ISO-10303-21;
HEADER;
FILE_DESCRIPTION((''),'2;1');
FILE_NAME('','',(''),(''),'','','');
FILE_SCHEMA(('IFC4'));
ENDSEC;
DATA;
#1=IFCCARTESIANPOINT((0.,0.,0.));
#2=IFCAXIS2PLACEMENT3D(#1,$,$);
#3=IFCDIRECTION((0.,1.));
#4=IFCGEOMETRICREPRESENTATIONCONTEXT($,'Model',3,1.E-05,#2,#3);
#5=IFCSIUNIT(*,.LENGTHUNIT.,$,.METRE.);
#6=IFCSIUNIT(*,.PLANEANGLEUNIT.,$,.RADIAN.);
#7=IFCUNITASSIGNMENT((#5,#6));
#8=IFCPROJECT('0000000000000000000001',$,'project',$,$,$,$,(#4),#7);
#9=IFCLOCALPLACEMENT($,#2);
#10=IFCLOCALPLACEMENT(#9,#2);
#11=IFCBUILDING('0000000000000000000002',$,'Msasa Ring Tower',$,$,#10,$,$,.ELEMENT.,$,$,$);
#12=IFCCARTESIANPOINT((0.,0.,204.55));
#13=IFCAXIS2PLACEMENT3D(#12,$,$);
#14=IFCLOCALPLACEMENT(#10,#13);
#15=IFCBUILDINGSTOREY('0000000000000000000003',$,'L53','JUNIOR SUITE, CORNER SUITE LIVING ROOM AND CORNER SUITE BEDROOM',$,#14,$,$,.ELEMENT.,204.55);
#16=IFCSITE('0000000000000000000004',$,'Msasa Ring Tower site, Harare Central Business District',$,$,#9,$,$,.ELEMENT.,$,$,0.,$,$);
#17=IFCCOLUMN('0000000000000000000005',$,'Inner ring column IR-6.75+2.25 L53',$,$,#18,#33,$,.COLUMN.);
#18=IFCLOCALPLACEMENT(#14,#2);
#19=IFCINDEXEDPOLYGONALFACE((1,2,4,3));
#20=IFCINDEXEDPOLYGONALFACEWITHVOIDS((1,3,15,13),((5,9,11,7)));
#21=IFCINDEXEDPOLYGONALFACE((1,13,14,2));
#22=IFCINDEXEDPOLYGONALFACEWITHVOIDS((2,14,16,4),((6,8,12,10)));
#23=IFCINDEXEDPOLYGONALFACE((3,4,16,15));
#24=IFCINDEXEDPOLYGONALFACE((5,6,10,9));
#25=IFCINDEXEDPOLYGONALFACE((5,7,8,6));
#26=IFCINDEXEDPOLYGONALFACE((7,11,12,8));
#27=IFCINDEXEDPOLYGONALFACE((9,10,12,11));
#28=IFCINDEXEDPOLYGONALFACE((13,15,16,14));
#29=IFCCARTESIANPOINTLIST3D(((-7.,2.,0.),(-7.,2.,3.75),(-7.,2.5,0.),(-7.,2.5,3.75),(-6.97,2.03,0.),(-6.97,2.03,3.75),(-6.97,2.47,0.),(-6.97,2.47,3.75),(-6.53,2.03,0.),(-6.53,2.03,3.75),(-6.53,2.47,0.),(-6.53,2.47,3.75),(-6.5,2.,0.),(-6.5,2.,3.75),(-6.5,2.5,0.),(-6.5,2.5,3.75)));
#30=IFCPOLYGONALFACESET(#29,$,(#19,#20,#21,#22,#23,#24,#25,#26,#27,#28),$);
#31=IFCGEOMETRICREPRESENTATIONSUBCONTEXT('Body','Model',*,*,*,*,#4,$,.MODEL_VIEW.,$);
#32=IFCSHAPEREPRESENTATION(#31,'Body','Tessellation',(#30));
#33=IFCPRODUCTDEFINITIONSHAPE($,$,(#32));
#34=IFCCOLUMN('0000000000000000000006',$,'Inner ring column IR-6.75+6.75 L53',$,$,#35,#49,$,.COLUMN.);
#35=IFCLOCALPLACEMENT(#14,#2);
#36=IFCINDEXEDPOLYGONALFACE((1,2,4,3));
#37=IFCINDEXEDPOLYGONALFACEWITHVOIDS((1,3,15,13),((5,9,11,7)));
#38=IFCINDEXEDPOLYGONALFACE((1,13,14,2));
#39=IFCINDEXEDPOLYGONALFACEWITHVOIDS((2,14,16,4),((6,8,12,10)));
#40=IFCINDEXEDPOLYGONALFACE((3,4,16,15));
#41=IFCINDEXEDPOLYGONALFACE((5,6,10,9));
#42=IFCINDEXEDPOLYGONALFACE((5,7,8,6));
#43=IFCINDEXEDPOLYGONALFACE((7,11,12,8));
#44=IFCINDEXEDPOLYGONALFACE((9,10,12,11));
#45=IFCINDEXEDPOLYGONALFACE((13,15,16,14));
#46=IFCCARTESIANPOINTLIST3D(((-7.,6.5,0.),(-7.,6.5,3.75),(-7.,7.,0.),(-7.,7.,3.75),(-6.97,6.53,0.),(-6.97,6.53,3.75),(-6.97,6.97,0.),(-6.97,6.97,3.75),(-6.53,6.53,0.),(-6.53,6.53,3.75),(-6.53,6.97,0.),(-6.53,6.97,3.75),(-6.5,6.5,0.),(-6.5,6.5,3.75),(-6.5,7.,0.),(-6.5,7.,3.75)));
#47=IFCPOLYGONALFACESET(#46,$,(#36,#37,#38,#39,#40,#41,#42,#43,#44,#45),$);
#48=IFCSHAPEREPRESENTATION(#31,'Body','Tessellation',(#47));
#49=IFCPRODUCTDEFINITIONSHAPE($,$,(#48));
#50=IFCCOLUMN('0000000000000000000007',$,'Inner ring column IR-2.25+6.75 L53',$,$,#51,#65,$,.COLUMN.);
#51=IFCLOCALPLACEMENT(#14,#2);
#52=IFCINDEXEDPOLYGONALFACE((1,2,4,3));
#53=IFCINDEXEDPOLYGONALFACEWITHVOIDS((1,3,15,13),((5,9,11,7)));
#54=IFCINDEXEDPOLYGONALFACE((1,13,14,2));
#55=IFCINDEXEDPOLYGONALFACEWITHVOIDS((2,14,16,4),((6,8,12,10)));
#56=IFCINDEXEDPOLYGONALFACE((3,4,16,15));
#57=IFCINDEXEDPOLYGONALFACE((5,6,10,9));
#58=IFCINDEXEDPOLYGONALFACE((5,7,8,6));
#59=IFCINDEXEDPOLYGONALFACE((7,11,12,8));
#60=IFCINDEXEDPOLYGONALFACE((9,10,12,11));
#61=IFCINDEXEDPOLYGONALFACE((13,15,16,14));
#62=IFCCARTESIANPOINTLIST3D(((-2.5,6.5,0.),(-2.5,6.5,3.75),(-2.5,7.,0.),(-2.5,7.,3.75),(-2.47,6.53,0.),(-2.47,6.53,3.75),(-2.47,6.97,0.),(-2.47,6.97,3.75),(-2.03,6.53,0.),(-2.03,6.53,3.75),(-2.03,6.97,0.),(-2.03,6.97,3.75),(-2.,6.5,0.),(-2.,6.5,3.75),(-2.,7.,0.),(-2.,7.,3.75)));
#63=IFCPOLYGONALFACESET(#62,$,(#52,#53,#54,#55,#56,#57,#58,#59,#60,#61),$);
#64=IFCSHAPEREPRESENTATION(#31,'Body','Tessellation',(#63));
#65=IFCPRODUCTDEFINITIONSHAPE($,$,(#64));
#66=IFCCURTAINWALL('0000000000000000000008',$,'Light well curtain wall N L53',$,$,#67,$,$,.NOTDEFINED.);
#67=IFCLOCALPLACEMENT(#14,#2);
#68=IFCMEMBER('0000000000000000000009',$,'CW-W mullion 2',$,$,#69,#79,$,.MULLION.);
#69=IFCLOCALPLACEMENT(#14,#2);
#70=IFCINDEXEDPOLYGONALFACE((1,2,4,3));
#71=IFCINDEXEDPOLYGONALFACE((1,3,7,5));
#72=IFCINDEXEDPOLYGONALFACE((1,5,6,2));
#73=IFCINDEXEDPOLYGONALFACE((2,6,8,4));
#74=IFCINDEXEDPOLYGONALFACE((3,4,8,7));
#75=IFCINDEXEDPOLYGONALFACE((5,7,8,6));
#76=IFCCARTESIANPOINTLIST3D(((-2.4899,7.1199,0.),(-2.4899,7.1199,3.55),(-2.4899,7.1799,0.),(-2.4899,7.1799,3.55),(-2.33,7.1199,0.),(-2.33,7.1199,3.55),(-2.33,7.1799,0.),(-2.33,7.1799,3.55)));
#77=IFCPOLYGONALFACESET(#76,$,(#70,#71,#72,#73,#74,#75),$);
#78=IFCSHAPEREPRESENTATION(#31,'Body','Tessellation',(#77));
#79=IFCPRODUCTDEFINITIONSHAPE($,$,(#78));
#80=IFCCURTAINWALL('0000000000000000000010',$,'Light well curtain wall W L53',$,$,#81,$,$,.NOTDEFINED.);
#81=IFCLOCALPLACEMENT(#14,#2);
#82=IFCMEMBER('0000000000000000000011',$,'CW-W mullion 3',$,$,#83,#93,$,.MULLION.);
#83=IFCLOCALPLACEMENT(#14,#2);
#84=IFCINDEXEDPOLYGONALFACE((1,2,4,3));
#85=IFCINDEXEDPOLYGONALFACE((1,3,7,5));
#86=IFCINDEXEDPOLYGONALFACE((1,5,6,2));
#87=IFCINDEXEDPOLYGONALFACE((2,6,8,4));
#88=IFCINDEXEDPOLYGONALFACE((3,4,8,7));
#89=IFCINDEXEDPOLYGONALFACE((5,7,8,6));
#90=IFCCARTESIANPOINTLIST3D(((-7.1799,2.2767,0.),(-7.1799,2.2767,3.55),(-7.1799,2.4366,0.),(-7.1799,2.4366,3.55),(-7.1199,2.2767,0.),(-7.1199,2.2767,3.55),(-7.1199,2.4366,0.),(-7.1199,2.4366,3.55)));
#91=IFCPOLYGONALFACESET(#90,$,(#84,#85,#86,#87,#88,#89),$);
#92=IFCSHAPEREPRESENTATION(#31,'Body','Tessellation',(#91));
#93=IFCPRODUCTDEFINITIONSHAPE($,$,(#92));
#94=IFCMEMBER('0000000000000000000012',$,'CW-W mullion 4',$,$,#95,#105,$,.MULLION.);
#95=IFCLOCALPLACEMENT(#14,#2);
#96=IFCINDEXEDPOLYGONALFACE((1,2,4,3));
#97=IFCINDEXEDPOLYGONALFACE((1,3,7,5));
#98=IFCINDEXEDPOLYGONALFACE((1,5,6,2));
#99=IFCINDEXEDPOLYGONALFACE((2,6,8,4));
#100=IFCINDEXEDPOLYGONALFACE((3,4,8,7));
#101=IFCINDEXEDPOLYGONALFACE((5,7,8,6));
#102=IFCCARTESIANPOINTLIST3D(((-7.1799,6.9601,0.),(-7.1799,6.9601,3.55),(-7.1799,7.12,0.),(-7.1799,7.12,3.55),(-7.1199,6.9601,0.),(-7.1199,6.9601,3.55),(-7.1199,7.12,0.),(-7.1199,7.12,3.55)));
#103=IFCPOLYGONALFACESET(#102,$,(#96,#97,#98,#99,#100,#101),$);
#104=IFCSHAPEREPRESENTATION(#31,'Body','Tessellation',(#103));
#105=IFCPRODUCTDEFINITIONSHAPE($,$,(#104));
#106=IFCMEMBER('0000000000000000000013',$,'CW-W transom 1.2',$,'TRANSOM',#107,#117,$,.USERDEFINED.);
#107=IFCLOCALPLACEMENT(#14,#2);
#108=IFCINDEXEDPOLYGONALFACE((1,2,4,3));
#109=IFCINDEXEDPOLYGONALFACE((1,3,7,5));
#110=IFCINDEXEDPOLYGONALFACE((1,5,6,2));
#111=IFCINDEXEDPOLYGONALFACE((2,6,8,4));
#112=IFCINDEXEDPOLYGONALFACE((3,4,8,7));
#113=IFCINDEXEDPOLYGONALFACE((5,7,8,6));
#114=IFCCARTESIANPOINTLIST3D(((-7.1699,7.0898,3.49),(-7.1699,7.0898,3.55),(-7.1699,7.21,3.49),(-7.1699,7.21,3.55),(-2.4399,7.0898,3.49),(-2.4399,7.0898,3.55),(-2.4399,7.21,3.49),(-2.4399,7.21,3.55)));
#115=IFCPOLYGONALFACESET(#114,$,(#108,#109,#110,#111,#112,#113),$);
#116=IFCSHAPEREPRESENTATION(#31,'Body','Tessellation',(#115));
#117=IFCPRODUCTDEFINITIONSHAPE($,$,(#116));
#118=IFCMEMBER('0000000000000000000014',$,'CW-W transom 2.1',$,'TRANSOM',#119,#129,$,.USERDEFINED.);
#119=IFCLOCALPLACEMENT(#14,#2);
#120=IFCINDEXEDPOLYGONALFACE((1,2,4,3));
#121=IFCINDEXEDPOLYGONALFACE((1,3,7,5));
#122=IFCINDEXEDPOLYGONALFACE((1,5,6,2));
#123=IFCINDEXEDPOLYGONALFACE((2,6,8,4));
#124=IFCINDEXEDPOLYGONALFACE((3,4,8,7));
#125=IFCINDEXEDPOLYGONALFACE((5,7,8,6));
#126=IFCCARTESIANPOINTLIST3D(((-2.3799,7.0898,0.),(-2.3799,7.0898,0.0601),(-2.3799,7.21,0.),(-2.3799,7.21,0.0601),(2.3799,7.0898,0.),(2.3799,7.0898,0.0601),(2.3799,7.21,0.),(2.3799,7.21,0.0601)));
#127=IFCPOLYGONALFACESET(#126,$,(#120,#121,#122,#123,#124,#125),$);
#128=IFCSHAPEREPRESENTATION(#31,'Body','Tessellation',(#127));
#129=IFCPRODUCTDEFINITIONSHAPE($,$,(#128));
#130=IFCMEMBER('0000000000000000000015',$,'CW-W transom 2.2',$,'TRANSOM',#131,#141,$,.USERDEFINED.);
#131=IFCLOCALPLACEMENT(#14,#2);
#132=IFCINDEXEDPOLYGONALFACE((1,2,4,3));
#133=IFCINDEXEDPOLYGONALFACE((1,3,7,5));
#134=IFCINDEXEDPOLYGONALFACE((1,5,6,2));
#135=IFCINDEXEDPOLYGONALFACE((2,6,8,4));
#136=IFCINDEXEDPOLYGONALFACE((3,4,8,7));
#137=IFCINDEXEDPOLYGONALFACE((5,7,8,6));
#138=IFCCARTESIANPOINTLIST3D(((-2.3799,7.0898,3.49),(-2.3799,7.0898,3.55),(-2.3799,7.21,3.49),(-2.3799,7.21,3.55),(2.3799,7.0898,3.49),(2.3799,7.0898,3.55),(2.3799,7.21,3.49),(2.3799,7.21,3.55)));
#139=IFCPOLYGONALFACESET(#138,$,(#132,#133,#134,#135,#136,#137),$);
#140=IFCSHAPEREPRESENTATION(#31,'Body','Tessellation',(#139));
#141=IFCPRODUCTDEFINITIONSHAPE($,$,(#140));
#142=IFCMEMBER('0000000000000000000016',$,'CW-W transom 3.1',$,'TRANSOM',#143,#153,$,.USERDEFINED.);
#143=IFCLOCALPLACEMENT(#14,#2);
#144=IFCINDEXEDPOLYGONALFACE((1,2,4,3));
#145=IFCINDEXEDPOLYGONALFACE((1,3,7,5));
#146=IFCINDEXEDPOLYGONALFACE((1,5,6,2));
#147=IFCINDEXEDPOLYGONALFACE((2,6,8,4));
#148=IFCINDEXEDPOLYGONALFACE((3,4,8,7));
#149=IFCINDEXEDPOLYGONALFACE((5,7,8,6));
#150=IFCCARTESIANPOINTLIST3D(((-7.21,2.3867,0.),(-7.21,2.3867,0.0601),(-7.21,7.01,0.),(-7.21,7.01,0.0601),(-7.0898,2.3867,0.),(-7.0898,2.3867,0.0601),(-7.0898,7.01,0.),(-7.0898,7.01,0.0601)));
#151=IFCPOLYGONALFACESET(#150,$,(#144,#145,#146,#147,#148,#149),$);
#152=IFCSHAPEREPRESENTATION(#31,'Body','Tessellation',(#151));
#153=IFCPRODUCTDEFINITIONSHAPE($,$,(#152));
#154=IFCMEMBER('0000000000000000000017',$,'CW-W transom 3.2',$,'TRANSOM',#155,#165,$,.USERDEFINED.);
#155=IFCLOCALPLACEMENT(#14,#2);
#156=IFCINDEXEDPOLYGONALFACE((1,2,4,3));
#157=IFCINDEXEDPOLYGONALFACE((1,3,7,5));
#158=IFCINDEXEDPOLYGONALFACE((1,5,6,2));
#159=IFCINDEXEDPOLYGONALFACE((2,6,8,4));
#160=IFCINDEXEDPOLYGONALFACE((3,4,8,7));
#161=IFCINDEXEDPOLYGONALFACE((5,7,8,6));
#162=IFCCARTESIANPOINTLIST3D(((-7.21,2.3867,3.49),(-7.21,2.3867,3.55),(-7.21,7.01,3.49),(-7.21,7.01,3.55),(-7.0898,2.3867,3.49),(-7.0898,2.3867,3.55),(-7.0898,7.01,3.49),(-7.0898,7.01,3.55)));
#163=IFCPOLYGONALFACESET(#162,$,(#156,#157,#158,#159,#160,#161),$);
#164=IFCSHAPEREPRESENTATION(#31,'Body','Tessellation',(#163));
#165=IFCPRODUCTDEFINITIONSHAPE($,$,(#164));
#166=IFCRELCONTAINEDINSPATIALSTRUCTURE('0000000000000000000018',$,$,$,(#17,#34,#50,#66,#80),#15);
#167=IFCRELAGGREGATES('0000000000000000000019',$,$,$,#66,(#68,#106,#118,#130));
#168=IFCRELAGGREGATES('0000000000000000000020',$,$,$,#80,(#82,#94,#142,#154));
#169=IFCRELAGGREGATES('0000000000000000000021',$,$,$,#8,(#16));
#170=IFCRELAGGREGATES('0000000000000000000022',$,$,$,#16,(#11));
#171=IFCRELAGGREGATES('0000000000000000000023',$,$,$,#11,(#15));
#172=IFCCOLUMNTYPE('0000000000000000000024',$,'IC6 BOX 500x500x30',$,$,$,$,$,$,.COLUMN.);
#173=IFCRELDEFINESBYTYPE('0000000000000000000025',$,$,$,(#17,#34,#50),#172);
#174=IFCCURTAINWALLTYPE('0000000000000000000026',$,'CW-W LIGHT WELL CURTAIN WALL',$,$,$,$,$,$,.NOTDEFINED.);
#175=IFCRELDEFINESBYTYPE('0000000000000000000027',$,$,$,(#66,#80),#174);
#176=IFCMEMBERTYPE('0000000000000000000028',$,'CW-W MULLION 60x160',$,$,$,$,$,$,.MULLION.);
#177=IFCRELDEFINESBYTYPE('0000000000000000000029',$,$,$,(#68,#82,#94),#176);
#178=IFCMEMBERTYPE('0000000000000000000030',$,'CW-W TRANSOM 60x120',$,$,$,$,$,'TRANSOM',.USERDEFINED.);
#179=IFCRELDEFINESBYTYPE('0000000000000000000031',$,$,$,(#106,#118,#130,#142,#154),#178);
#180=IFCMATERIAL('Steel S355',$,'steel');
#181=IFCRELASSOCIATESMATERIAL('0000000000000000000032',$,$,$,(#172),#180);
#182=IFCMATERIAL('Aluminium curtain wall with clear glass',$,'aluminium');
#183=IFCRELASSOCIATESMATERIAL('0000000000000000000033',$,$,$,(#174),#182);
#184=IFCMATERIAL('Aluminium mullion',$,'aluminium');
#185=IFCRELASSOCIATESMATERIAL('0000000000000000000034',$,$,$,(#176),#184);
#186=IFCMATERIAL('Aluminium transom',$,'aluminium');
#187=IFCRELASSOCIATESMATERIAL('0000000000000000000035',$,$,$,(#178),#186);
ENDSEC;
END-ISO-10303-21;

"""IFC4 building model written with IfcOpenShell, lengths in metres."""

from ifc_helpers import new_model, si_unit, direction, frame, origin, origin_2d, place, context, subcontext, project, spatial, rectangle, hollow_rectangle, extrude, material, material_profile, profile_set, type_object, element, aggregate, save


model = new_model("IFC4")

# Units and contexts
model_context = context("Model", 3, precision=1e-05, world=origin(), true_north=direction((0.0, 1.0)))
body_context = subcontext(model_context, "Body", "Model", "MODEL_VIEW")
ifc_project = project(units=[si_unit("LENGTHUNIT", "METRE"), si_unit("PLANEANGLEUNIT", "RADIAN")], contexts=[model_context])

# Site, building, storey
site_placement = place(None, origin())
site = spatial("IfcSite", under=ifc_project, at=site_placement, Name="Msasa Ring Tower site, Harare Central Business District", CompositionType="ELEMENT", RefElevation=0.0)
building_placement = place(site_placement, origin())
building = spatial("IfcBuilding", under=site, at=building_placement, Name="Msasa Ring Tower", CompositionType="ELEMENT")
storey_placement = place(building_placement, frame((0.0, 0.0, 204.55)))
storey = spatial("IfcBuildingStorey", under=building, at=storey_placement, Name="L53", Description="JUNIOR SUITE, CORNER SUITE LIVING ROOM AND CORNER SUITE BEDROOM", CompositionType="ELEMENT", Elevation=204.55)

# Columns
ifc_material_1 = material(Name="Steel S355", Category="steel")
ifc_material_profile_1 = material_profile(ifc_material_1, hollow_rectangle(XDim=0.5, YDim=0.5, WallThickness=0.03, at=origin_2d()), Name="BOX 500x500x30")
ifc_profile_set_1 = profile_set([ifc_material_profile_1], Name="Steel S355")
column_type = type_object("IfcColumnType", Name="IC6 BOX 500x500x30", PredefinedType="COLUMN", material=ifc_profile_set_1)
for number, where, z_axis, x_axis, name in (
    (1, (-6.75, 2.25, 0.0), (0.0, 0.0, 1.0), (1.0, 0.0, 0.0), "Inner ring column IR-6.75+2.25 L53"),
    (2, (-6.75, 6.75, 0.0), (0.0, 0.0, 1.0), (1.0, 0.0, 0.0), "Inner ring column IR-6.75+6.75 L53"),
    (3, (-2.25, 6.75, 0.0), (0.0, 0.0, 1.0), (1.0, 0.0, 0.0), "Inner ring column IR-2.25+6.75 L53"),
):
    element("IfcColumn", number, at=place(storey_placement, frame(where, z_axis=z_axis, x_axis=x_axis)), inside=storey, type_object=column_type, Name=name, PredefinedType="COLUMN", context=body_context, shape_type="SweptSolid", body=[
        extrude(hollow_rectangle(XDim=0.5, YDim=0.5, WallThickness=0.03, at=origin_2d()), origin(), (0.0, 0.0, 1.0), 3.75),
    ])

# Curtain wall, member
ifc_material_2 = material(Name="Aluminium curtain wall with clear glass", Category="aluminium")
curtain_wall_type = type_object("IfcCurtainWallType", Name="CW-W LIGHT WELL CURTAIN WALL", PredefinedType="NOTDEFINED", material=ifc_material_2)
curtain_wall_1_placement = place(storey_placement, origin())
curtain_wall_1 = element("IfcCurtainWall", 4, at=curtain_wall_1_placement, inside=storey, type_object=curtain_wall_type, Name="Light well curtain wall N L53", PredefinedType="NOTDEFINED")
ifc_material_3 = material(Name="Aluminium mullion", Category="aluminium")
ifc_material_profile_2 = material_profile(ifc_material_3, rectangle(XDim=0.0601, YDim=0.1599, at=origin_2d()), Name="AL 60x160")
ifc_profile_set_2 = profile_set([ifc_material_profile_2], Name="Aluminium mullion")
member_type_1 = type_object("IfcMemberType", Name="CW-W MULLION 60x160", PredefinedType="MULLION", material=ifc_profile_set_2)
member_1_placement = place(storey_placement, frame((-2.4099, 7.1499, 0.0), z_axis=(0.0, 0.0, 1.0), x_axis=(0.0, 1.0, 0.0)))
member_1 = element("IfcMember", 5, at=member_1_placement, type_object=member_type_1, Name="CW-W mullion 2", PredefinedType="MULLION", context=body_context, shape_type="SweptSolid", body=[
    extrude(rectangle(XDim=0.0601, YDim=0.1599, at=origin_2d()), origin(), (0.0, 0.0, 1.0), 3.55),
])

# Curtain wall, members
curtain_wall_2_placement = place(storey_placement, origin())
curtain_wall_2 = element("IfcCurtainWall", 6, at=curtain_wall_2_placement, inside=storey, type_object=curtain_wall_type, Name="Light well curtain wall W L53", PredefinedType="NOTDEFINED")
member_2_placement = place(storey_placement, frame((-7.1499, 2.3567, 0.0), z_axis=(0.0, 0.0, 1.0), x_axis=(-1.0, 0.0, 0.0)))
member_2 = element("IfcMember", 7, at=member_2_placement, type_object=member_type_1, Name="CW-W mullion 3", PredefinedType="MULLION", context=body_context, shape_type="SweptSolid", body=[
    extrude(rectangle(XDim=0.0601, YDim=0.1599, at=origin_2d()), origin(), (0.0, 0.0, 1.0), 3.55),
])
member_3_placement = place(storey_placement, frame((-7.1499, 7.04, 0.0), z_axis=(0.0, 0.0, 1.0), x_axis=(-1.0, 0.0, 0.0)))
member_3 = element("IfcMember", 8, at=member_3_placement, type_object=member_type_1, Name="CW-W mullion 4", PredefinedType="MULLION", context=body_context, shape_type="SweptSolid", body=[
    extrude(rectangle(XDim=0.0601, YDim=0.1599, at=origin_2d()), origin(), (0.0, 0.0, 1.0), 3.55),
])

# Members
ifc_material_4 = material(Name="Aluminium transom", Category="aluminium")
ifc_material_profile_3 = material_profile(ifc_material_4, rectangle(XDim=0.1201, YDim=0.0601, at=origin_2d()), Name="AL 60x120")
ifc_profile_set_3 = profile_set([ifc_material_profile_3], Name="Aluminium transom")
member_type_2 = type_object("IfcMemberType", Name="CW-W TRANSOM 60x120", ElementType="TRANSOM", PredefinedType="USERDEFINED", material=ifc_profile_set_3)
member_4_placement = place(storey_placement, frame((-7.1699, 7.1499, 3.52), z_axis=(1.0, 0.0, 0.0), x_axis=(0.0, 1.0, 0.0)))
member_4 = element("IfcMember", 9, at=member_4_placement, type_object=member_type_2, Name="CW-W transom 1.2", ObjectType="TRANSOM", PredefinedType="USERDEFINED", context=body_context, shape_type="SweptSolid", body=[
    extrude(rectangle(XDim=0.1201, YDim=0.0601, at=origin_2d()), origin(), (0.0, 0.0, 1.0), 4.73),
])
member_5_placement = place(storey_placement, frame((-2.3799, 7.1499, 0.03), z_axis=(1.0, 0.0, 0.0), x_axis=(0.0, 1.0, 0.0)))
member_5 = element("IfcMember", 10, at=member_5_placement, type_object=member_type_2, Name="CW-W transom 2.1", ObjectType="TRANSOM", PredefinedType="USERDEFINED", context=body_context, shape_type="SweptSolid", body=[
    extrude(rectangle(XDim=0.1201, YDim=0.0601, at=origin_2d()), origin(), (0.0, 0.0, 1.0), 4.7598),
])
member_6_placement = place(storey_placement, frame((-2.3799, 7.1499, 3.52), z_axis=(1.0, 0.0, 0.0), x_axis=(0.0, 1.0, 0.0)))
member_6 = element("IfcMember", 11, at=member_6_placement, type_object=member_type_2, Name="CW-W transom 2.2", ObjectType="TRANSOM", PredefinedType="USERDEFINED", context=body_context, shape_type="SweptSolid", body=[
    extrude(rectangle(XDim=0.1201, YDim=0.0601, at=origin_2d()), origin(), (0.0, 0.0, 1.0), 4.7598),
])
member_7_placement = place(storey_placement, frame((-7.1499, 2.3867, 0.03), z_axis=(0.0, 1.0, 0.0), x_axis=(-1.0, 0.0, 0.0)))
member_7 = element("IfcMember", 12, at=member_7_placement, type_object=member_type_2, Name="CW-W transom 3.1", ObjectType="TRANSOM", PredefinedType="USERDEFINED", context=body_context, shape_type="SweptSolid", body=[
    extrude(rectangle(XDim=0.1201, YDim=0.0601, at=origin_2d()), origin(), (0.0, 0.0, 1.0), 4.6233),
])
member_8_placement = place(storey_placement, frame((-7.1499, 2.3867, 3.52), z_axis=(0.0, 1.0, 0.0), x_axis=(-1.0, 0.0, 0.0)))
member_8 = element("IfcMember", 13, at=member_8_placement, type_object=member_type_2, Name="CW-W transom 3.2", ObjectType="TRANSOM", PredefinedType="USERDEFINED", context=body_context, shape_type="SweptSolid", body=[
    extrude(rectangle(XDim=0.1201, YDim=0.0601, at=origin_2d()), origin(), (0.0, 0.0, 1.0), 4.6233),
])

aggregate(curtain_wall_1, [member_1, member_4, member_5, member_6])
aggregate(curtain_wall_2, [member_2, member_3, member_7, member_8])

save(model, "model.ifc")
